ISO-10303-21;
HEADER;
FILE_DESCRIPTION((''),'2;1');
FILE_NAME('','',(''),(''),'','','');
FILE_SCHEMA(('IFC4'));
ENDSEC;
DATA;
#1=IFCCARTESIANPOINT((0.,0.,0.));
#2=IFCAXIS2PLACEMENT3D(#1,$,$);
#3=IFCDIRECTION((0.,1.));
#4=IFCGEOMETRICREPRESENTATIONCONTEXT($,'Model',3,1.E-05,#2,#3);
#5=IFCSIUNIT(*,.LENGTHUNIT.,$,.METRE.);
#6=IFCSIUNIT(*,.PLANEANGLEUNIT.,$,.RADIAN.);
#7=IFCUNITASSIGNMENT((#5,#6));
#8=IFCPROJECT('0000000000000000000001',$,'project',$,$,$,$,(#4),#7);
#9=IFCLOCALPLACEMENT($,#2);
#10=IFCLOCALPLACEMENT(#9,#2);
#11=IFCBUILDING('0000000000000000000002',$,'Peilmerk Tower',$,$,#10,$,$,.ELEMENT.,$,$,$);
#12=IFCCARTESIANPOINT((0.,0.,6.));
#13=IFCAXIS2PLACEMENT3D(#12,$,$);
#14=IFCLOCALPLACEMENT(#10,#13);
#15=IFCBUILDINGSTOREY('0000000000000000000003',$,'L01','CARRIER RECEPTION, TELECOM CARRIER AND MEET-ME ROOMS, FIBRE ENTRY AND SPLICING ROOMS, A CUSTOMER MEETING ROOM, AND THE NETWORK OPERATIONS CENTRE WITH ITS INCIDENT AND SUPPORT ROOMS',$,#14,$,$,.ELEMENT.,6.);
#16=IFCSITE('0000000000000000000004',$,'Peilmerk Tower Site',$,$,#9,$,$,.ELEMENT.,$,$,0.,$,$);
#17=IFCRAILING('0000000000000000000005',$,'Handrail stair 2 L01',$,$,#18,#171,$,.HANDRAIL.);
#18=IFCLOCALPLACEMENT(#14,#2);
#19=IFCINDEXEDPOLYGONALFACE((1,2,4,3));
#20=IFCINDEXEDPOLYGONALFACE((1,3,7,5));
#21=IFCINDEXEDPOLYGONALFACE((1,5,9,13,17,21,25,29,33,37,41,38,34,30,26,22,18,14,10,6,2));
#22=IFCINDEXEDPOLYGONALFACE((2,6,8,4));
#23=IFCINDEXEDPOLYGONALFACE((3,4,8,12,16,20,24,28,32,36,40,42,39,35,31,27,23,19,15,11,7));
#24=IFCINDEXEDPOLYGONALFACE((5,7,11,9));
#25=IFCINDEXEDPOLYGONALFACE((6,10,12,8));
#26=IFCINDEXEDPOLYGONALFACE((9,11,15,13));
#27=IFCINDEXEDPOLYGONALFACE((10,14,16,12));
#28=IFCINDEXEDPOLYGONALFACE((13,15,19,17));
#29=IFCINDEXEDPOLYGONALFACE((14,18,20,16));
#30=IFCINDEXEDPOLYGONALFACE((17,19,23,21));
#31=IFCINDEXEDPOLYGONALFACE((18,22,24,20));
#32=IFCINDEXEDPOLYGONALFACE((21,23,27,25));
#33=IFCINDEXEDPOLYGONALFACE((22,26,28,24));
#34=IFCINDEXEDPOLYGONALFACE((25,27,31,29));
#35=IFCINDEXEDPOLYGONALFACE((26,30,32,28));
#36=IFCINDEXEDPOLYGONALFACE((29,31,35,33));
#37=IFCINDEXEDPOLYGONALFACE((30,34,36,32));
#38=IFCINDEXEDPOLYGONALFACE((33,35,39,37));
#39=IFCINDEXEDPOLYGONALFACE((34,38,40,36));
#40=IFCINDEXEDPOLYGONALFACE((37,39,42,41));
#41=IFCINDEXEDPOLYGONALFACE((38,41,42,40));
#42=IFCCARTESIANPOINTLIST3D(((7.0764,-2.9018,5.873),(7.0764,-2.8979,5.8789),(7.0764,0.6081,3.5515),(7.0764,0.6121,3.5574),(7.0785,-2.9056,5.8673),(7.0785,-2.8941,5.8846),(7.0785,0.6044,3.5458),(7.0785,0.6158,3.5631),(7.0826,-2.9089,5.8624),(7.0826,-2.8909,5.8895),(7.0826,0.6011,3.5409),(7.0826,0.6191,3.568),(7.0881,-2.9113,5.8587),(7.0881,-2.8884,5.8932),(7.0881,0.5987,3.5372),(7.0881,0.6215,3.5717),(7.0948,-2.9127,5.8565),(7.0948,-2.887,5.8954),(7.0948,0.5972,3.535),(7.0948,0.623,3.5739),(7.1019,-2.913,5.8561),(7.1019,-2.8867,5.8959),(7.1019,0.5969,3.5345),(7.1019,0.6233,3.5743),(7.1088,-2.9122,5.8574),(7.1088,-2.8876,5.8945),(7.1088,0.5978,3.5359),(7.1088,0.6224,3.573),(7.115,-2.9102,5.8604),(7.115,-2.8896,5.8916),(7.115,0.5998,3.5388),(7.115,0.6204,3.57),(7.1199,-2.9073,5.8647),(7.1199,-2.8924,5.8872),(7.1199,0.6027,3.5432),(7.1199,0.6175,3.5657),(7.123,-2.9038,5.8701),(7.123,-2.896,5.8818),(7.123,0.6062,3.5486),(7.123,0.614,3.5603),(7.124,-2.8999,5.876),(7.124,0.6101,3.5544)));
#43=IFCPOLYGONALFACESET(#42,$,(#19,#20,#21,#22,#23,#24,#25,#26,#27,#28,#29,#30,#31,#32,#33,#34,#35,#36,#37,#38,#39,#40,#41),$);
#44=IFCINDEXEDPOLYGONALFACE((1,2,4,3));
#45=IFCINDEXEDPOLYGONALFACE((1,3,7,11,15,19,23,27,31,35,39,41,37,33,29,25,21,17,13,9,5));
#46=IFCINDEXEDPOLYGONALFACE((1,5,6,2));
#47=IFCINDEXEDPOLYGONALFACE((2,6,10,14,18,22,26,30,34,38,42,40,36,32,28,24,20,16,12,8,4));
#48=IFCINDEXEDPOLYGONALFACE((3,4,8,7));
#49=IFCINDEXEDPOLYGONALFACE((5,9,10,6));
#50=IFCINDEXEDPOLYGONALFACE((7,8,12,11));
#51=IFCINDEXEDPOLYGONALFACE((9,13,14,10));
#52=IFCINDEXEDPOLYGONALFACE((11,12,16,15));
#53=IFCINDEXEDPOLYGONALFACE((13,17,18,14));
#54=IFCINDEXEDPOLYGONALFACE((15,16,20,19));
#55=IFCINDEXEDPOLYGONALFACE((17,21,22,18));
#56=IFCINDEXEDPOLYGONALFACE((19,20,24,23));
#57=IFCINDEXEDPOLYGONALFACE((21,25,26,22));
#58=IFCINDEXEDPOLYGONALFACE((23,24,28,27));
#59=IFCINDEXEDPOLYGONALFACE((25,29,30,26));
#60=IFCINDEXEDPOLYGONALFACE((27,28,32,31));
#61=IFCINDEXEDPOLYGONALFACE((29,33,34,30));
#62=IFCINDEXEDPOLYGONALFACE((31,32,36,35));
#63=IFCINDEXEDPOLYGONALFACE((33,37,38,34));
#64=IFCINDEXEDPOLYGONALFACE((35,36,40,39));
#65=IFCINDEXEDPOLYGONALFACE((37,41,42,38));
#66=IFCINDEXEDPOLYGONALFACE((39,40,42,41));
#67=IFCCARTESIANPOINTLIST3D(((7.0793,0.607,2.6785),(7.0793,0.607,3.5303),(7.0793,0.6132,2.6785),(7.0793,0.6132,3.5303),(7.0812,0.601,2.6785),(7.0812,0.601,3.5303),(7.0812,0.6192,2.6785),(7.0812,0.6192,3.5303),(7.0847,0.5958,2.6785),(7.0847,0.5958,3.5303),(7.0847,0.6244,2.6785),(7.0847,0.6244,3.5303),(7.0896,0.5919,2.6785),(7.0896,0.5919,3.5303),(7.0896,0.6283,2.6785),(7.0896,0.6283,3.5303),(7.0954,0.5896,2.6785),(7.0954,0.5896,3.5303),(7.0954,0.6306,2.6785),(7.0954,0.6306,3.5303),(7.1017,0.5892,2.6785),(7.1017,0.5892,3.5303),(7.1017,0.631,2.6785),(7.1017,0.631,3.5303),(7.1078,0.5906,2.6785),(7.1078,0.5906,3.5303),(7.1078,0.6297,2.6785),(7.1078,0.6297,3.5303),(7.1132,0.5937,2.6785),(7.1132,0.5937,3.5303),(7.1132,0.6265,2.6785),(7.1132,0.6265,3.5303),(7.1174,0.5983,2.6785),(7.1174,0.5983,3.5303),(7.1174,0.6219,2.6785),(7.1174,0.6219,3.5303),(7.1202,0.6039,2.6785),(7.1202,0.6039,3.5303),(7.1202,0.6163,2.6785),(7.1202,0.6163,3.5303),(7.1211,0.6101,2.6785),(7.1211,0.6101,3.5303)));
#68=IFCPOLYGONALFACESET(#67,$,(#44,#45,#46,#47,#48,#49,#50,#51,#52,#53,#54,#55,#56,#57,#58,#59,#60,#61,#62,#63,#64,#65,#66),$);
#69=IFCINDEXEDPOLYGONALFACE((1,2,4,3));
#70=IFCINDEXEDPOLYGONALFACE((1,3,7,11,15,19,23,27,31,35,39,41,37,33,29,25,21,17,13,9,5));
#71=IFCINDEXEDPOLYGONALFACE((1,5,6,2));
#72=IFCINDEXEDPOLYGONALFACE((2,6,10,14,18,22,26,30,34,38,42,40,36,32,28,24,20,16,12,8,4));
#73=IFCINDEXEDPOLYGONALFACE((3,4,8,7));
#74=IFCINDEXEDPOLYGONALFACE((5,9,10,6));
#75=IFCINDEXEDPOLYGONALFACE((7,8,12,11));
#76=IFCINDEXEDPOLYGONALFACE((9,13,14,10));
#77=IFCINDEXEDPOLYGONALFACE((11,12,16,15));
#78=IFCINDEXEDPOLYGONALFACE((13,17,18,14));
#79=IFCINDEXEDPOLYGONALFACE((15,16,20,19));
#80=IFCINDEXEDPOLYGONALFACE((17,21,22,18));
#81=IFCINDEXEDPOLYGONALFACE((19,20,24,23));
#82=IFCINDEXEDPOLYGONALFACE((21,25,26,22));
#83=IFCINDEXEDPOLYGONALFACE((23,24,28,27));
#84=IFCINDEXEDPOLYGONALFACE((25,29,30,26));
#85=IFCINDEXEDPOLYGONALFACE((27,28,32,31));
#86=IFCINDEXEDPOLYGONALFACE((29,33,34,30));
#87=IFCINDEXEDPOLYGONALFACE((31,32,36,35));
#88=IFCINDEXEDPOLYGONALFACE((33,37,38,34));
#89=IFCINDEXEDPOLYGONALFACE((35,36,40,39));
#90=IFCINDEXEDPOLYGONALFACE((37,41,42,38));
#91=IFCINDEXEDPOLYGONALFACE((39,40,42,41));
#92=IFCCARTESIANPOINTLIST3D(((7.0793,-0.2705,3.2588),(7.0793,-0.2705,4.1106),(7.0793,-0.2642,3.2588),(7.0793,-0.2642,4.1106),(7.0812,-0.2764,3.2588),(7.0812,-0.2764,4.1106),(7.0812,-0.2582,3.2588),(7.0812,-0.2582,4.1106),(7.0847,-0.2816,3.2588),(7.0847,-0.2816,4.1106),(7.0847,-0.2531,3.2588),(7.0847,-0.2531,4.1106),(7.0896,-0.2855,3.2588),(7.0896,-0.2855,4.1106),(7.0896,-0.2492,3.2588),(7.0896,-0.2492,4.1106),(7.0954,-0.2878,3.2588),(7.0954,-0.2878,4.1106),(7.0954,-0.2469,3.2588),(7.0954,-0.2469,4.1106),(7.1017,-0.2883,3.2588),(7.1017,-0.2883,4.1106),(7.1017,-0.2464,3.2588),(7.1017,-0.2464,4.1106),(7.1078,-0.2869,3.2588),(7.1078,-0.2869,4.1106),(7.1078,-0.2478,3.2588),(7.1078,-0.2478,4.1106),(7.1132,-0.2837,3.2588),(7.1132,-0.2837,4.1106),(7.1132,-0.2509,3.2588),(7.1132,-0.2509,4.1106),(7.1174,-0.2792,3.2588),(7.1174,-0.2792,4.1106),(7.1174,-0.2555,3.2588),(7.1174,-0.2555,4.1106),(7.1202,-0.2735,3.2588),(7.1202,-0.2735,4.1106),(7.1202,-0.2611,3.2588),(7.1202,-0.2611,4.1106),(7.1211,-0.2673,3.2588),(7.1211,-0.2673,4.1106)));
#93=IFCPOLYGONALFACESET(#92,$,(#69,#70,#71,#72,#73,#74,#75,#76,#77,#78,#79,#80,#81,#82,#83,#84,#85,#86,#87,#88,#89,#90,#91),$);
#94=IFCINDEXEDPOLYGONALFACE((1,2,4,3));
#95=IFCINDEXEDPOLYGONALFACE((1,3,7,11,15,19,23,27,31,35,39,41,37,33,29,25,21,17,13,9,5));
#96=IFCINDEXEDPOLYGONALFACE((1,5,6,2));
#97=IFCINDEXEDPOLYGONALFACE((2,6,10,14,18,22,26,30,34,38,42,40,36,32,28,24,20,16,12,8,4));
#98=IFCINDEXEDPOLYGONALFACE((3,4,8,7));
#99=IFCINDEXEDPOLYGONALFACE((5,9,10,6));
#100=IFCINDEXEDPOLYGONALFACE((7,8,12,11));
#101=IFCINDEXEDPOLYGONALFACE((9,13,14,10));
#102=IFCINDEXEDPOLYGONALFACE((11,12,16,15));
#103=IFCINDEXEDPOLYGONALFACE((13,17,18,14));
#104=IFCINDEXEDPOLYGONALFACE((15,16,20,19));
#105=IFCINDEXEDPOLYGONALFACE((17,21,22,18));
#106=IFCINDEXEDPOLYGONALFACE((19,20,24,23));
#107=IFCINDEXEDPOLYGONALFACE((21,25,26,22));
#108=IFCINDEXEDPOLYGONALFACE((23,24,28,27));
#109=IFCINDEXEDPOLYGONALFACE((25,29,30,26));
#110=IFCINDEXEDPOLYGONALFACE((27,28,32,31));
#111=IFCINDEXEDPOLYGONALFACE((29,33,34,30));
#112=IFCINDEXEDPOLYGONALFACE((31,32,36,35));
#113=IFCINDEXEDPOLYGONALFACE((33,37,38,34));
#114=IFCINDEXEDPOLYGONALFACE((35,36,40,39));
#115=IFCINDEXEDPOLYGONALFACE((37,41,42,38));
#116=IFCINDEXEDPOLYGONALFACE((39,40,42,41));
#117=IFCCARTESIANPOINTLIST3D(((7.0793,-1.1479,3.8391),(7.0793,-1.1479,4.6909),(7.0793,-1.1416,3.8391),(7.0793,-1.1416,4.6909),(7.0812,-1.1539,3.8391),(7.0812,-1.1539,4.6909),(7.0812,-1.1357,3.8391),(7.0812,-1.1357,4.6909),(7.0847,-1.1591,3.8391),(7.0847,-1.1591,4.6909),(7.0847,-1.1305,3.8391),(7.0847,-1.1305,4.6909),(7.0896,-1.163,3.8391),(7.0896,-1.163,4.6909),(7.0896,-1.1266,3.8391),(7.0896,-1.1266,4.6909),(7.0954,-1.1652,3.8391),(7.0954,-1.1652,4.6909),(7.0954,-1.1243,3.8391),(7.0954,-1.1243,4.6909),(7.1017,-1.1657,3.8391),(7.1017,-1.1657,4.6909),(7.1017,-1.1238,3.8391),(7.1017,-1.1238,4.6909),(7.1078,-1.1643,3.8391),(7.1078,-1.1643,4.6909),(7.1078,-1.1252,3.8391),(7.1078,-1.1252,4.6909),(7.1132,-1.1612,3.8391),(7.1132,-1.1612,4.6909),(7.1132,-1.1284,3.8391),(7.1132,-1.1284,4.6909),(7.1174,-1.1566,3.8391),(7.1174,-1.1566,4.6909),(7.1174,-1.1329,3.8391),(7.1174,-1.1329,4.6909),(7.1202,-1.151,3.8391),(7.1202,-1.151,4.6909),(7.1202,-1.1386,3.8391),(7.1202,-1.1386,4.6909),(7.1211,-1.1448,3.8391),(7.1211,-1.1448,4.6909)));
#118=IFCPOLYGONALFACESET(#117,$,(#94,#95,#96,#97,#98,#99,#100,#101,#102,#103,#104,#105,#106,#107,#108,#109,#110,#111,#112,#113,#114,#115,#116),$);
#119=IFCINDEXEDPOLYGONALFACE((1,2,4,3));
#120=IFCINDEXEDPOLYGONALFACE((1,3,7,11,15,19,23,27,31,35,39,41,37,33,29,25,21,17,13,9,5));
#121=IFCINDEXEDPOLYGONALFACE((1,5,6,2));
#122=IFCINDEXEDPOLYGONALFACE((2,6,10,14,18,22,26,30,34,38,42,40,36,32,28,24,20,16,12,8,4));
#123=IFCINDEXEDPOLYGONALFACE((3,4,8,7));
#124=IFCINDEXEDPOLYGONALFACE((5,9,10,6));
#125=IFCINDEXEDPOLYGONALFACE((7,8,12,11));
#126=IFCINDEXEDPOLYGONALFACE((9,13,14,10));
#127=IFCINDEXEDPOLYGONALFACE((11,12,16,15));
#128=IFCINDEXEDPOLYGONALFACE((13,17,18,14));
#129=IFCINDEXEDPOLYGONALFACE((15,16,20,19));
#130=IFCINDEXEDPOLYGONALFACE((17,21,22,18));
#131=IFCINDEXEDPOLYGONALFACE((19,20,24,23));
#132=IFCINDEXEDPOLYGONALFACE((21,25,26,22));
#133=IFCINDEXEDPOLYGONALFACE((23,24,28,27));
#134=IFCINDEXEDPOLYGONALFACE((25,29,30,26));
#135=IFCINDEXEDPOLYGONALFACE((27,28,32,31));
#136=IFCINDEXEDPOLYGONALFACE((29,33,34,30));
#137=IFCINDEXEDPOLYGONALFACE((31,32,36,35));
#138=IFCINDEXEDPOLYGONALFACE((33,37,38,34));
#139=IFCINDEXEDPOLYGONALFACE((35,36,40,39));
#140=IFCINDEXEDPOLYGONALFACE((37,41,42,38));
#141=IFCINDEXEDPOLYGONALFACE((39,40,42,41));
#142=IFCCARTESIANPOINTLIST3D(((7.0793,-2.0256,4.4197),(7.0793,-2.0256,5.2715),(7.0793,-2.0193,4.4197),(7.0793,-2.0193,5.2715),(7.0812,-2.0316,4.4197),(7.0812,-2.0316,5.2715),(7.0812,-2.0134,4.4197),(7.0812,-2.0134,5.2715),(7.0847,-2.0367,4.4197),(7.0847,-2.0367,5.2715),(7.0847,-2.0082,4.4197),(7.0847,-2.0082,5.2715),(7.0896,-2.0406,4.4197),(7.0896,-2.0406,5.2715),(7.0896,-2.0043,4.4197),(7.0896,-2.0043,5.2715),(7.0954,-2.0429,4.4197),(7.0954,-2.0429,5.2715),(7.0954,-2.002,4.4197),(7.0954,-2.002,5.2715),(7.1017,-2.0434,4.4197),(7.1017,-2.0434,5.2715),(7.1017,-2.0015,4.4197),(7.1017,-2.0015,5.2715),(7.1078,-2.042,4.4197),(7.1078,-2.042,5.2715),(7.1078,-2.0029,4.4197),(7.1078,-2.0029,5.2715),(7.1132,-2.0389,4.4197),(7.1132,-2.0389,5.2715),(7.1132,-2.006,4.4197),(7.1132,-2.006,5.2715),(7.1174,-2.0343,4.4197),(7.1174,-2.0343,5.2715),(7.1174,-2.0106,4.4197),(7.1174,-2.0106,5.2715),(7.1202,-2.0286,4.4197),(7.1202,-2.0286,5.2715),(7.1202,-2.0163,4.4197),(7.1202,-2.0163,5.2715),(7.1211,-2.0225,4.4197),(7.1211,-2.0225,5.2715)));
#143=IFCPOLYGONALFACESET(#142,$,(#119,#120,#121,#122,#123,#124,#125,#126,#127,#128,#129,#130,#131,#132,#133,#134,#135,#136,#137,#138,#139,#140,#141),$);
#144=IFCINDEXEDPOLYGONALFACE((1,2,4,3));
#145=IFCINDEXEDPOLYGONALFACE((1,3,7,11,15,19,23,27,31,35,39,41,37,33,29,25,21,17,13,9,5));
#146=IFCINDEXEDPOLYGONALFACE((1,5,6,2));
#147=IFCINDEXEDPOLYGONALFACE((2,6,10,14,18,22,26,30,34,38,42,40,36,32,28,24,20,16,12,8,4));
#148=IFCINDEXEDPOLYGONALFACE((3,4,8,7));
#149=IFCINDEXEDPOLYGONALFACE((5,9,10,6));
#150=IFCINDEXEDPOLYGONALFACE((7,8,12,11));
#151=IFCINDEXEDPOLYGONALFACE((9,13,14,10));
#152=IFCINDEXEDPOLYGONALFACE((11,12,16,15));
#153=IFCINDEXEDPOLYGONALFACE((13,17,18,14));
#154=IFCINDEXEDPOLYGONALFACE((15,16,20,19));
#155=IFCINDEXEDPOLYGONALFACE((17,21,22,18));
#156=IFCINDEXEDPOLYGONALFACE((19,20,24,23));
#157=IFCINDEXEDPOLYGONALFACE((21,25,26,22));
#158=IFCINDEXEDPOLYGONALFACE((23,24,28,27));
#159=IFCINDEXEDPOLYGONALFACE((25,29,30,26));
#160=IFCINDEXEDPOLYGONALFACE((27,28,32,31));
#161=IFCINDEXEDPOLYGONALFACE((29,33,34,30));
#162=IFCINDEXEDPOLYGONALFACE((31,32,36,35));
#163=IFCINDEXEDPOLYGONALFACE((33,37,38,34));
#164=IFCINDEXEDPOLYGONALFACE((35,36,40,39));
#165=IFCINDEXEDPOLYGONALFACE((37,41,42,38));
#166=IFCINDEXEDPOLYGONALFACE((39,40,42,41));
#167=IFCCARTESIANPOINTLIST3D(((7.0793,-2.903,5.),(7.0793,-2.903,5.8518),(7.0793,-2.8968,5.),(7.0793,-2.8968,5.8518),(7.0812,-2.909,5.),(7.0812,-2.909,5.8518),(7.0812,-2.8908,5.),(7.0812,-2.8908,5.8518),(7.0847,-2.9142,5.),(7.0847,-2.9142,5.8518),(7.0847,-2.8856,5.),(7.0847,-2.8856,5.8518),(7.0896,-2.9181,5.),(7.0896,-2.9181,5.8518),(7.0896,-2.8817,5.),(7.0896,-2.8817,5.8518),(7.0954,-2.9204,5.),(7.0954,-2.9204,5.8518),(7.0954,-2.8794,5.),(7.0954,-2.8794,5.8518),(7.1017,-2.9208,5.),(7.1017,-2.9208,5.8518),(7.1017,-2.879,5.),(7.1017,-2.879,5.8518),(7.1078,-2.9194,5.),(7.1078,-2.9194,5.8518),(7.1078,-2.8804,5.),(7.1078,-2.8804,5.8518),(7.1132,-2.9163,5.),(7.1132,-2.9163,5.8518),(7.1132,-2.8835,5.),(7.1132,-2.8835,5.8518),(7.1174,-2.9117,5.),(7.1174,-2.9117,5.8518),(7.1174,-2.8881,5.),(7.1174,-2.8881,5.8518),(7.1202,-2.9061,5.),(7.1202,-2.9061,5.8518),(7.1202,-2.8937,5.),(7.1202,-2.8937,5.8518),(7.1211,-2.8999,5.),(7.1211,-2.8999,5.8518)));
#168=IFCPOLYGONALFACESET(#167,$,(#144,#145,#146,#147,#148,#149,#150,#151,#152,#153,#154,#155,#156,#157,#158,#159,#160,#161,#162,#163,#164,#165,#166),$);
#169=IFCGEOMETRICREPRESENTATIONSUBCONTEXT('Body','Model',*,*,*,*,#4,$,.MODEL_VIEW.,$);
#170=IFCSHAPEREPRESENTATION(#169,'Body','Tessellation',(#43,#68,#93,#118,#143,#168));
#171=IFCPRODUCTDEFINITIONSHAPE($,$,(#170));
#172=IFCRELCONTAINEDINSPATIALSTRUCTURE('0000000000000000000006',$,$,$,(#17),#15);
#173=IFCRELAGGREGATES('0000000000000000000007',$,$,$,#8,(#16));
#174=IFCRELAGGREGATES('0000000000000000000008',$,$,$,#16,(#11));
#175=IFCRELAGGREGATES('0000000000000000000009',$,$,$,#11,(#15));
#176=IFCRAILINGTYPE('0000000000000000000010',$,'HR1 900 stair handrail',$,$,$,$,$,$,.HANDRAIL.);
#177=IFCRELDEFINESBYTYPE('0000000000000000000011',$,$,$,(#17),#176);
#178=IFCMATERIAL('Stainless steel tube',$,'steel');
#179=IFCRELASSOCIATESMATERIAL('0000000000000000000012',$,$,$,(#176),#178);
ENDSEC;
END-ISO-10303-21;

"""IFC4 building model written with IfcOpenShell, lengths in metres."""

from ifc_helpers import new_model, si_unit, direction, frame, origin, origin_2d, place, context, subcontext, project, spatial, circle, extrude, material, type_object, element, save


model = new_model("IFC4")

# Units and contexts
model_context = context("Model", 3, precision=1e-05, world=origin(), true_north=direction((0.0, 1.0)))
body_context = subcontext(model_context, "Body", "Model", "MODEL_VIEW")
ifc_project = project(units=[si_unit("LENGTHUNIT", "METRE"), si_unit("PLANEANGLEUNIT", "RADIAN")], contexts=[model_context])

# Site, building, storey
site_placement = place(None, origin())
site = spatial("IfcSite", under=ifc_project, at=site_placement, Name="Peilmerk Tower Site", CompositionType="ELEMENT", RefElevation=0.0)
building_placement = place(site_placement, origin())
building = spatial("IfcBuilding", under=site, at=building_placement, Name="Peilmerk Tower", CompositionType="ELEMENT")
storey_placement = place(building_placement, frame((0.0, 0.0, 6.0)))
storey = spatial("IfcBuildingStorey", under=building, at=storey_placement, Name="L01", Description="CARRIER RECEPTION, TELECOM CARRIER AND MEET-ME ROOMS, FIBRE ENTRY AND SPLICING ROOMS, A CUSTOMER MEETING ROOM, AND THE NETWORK OPERATIONS CENTRE WITH ITS INCIDENT AND SUPPORT ROOMS", CompositionType="ELEMENT", Elevation=6.0)

# Railing
ifc_material_1 = material(Name="Stainless steel tube", Category="steel")
railing_type_1 = type_object("IfcRailingType", Name="HR1 900 stair handrail", PredefinedType="HANDRAIL", material=ifc_material_1)
railing_1_placement = place(storey_placement, frame((7.1001, 0.6101, 2.6785)))
element("IfcRailing", 1, at=railing_1_placement, inside=storey, type_object=railing_type_1, Name="Handrail stair 2 L01", PredefinedType="HANDRAIL", context=body_context, shape_type="SweptSolid", body=[
    extrude(circle(Radius=0.0239, at=origin_2d()), frame((0.0, 0.0, 0.876), z_axis=(0.0, -0.834071, 0.551657), x_axis=(1.0, 0.0, 0.0)), (0.0, 0.0, 1.0), 4.2083),
    extrude(circle(Radius=0.021, at=origin_2d()), origin(), (0.0, 0.0, 1.0), 0.8518),
    extrude(circle(Radius=0.021, at=origin_2d()), frame((0.0, -0.8774, 0.5803)), (0.0, 0.0, 1.0), 0.8518),
    extrude(circle(Radius=0.021, at=origin_2d()), frame((0.0, -1.7549, 1.1606)), (0.0, 0.0, 1.0), 0.8518),
    extrude(circle(Radius=0.021, at=origin_2d()), frame((0.0, -2.6326, 1.7412)), (0.0, 0.0, 1.0), 0.8518),
    extrude(circle(Radius=0.021, at=origin_2d()), frame((0.0, -3.51, 2.3215)), (0.0, 0.0, 1.0), 0.8518),
])

save(model, "model.ifc")
